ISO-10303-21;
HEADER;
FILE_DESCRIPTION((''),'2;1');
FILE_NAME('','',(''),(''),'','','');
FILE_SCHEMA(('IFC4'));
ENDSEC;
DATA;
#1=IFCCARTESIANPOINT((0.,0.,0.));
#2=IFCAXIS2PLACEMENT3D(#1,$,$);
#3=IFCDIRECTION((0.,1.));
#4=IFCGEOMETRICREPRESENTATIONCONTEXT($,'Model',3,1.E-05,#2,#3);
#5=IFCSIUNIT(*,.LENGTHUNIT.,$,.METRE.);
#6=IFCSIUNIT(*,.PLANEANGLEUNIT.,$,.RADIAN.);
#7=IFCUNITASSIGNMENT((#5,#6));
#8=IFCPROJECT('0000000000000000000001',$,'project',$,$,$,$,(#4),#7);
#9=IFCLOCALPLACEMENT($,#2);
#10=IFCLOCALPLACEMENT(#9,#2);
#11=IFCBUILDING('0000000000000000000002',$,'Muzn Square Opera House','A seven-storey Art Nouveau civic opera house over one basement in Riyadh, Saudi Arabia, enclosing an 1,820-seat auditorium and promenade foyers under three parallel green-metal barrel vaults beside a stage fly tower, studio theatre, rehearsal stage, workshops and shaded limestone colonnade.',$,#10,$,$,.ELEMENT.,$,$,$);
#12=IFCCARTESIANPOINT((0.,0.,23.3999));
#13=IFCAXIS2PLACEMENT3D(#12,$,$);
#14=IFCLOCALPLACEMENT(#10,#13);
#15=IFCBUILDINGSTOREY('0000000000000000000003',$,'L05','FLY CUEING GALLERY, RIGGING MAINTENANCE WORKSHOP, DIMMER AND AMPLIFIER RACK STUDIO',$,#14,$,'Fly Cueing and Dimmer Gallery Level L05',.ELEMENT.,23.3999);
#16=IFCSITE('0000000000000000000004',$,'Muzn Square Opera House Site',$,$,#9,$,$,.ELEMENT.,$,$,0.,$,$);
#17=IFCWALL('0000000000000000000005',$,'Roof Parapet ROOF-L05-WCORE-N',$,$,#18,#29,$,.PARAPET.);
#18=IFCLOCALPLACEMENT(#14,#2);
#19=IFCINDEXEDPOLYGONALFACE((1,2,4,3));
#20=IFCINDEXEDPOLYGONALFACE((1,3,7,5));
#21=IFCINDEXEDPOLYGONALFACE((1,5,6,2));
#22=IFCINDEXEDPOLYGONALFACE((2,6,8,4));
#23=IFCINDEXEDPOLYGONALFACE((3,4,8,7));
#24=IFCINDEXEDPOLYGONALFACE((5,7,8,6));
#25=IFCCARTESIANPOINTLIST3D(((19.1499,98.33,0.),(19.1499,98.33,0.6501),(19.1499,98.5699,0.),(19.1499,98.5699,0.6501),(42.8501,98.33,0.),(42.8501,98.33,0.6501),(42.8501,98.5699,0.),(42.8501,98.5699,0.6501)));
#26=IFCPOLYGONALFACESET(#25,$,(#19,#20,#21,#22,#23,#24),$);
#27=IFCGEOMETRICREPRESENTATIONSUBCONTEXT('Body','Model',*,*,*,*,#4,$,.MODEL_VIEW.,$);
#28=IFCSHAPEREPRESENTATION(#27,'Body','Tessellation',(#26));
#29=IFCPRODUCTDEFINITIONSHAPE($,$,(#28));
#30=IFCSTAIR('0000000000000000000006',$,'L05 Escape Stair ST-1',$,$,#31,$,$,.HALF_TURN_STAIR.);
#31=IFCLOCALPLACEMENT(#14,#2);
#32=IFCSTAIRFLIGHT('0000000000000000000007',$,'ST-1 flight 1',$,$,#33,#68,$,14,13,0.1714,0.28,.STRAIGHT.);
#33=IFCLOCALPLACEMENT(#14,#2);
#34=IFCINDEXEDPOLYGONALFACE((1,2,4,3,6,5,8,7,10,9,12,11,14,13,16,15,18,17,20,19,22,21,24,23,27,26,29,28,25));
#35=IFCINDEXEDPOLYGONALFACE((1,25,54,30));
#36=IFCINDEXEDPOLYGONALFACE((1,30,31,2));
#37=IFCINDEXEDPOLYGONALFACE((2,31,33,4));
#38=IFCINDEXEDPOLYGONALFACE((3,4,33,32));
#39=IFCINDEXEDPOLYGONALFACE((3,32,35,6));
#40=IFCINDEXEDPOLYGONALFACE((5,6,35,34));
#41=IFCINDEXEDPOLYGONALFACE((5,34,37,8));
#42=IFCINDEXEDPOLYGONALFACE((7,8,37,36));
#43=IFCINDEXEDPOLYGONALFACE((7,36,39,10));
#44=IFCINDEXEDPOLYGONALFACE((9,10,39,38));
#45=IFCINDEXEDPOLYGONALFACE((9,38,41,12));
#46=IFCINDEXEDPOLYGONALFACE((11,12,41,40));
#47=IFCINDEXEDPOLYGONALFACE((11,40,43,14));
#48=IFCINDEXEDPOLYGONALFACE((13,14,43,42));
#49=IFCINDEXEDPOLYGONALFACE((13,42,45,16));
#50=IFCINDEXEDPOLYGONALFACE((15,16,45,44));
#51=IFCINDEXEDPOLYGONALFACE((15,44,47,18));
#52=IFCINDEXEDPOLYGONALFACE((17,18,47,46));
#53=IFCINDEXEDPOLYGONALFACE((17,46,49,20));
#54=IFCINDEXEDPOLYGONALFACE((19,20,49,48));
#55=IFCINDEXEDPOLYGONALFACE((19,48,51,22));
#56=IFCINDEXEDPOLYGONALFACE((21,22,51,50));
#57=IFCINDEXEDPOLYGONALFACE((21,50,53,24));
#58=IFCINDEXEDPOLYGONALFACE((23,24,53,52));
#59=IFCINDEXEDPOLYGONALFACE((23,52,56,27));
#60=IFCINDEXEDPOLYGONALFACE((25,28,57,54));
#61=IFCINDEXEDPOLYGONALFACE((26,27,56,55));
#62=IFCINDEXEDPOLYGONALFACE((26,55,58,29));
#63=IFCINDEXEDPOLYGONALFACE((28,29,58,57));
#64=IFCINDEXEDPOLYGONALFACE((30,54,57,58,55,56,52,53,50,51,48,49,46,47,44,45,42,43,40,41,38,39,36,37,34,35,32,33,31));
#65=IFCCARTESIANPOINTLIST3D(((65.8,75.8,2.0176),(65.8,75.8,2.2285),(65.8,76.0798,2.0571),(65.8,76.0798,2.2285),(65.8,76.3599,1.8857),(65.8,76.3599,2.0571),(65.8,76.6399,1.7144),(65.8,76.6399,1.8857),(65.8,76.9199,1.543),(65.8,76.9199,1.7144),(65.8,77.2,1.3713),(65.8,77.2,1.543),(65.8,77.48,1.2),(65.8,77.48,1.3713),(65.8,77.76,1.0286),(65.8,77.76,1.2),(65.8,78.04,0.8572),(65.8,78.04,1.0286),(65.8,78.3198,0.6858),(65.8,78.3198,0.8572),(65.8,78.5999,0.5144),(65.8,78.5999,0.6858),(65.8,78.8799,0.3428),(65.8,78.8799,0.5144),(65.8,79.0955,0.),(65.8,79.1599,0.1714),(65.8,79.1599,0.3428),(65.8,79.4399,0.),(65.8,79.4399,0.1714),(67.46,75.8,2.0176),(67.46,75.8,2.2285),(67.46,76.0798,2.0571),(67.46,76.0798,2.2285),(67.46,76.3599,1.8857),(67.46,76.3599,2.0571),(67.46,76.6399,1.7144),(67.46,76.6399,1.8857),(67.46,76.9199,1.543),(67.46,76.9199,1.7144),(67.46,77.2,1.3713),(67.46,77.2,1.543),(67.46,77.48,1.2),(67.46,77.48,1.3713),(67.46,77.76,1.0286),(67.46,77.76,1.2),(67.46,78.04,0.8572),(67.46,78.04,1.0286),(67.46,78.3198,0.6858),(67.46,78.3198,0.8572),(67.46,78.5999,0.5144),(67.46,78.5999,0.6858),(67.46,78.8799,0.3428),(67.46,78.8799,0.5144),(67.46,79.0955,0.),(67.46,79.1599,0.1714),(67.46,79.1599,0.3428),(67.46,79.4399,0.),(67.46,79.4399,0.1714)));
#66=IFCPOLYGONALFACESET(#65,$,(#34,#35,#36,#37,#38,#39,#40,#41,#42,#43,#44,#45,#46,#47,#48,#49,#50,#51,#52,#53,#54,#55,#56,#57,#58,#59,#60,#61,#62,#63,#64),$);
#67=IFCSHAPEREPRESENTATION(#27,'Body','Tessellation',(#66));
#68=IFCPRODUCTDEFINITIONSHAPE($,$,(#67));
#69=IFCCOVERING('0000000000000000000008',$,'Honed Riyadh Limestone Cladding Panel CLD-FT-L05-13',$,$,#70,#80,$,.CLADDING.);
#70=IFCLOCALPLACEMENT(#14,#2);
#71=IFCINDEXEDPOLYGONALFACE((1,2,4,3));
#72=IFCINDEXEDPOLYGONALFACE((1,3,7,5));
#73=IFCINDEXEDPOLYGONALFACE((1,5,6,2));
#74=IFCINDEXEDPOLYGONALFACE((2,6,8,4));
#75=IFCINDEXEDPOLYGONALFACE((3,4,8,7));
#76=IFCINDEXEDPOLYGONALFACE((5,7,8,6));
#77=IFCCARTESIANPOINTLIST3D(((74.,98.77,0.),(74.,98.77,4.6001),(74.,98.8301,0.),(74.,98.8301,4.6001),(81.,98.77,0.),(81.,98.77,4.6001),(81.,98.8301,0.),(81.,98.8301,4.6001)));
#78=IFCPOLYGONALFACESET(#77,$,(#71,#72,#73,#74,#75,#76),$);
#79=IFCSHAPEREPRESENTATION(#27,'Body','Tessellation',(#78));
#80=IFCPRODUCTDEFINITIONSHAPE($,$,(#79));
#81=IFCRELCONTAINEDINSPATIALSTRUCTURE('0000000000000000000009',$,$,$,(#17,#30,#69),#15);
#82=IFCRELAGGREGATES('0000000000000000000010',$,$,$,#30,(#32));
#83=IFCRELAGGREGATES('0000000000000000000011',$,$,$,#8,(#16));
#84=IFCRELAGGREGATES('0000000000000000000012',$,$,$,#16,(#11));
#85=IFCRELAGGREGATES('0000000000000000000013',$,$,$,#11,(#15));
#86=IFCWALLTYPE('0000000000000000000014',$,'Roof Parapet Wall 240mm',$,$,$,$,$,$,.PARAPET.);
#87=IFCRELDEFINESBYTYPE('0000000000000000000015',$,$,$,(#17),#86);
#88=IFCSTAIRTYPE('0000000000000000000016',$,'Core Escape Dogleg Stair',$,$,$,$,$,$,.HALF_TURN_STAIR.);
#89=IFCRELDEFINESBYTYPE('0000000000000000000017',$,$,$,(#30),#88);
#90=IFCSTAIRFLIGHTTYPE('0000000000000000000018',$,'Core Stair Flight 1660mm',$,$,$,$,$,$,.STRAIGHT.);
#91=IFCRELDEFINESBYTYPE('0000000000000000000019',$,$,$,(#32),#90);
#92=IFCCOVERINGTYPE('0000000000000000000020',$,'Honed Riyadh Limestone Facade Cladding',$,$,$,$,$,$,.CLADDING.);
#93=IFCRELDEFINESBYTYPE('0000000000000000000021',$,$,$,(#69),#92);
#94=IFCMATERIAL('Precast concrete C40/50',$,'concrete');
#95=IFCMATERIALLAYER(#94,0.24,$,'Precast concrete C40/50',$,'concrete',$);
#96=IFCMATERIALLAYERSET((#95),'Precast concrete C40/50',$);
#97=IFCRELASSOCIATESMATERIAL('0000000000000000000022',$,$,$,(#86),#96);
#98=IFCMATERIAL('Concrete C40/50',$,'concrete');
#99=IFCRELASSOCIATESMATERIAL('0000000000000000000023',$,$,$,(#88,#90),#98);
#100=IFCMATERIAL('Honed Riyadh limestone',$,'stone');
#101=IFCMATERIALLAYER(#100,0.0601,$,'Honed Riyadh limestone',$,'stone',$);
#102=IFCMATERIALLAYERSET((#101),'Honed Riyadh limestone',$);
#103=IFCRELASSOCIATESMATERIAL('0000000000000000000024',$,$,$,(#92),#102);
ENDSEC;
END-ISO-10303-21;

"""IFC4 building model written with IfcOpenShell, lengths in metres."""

from ifc_helpers import new_model, si_unit, direction, frame, frame_2d, origin, origin_2d, place, context, subcontext, project, spatial, polyline, rectangle, outline, extrude, material, layer, layer_set, type_object, element, aggregate, save


model = new_model("IFC4")

# Units and contexts
model_context = context("Model", 3, precision=1e-05, world=origin(), true_north=direction((0.0, 1.0)))
body_context = subcontext(model_context, "Body", "Model", "MODEL_VIEW")
ifc_project = project(units=[si_unit("LENGTHUNIT", "METRE"), si_unit("PLANEANGLEUNIT", "RADIAN")], contexts=[model_context])

# Site, building, storey
site_placement = place(None, origin())
site = spatial("IfcSite", under=ifc_project, at=site_placement, Name="Muzn Square Opera House Site", CompositionType="ELEMENT", RefElevation=0.0)
building_placement = place(site_placement, origin())
building = spatial("IfcBuilding", under=site, at=building_placement, Name="Muzn Square Opera House", Description="A seven-storey Art Nouveau civic opera house over one basement in Riyadh, Saudi Arabia, enclosing an 1,820-seat auditorium and promenade foyers under three parallel green-metal barrel vaults beside a stage fly tower, studio theatre, rehearsal stage, workshops and shaded limestone colonnade.", CompositionType="ELEMENT")
storey_placement = place(building_placement, frame((0.0, 0.0, 23.3999)))
storey = spatial("IfcBuildingStorey", under=building, at=storey_placement, Name="L05", Description="FLY CUEING GALLERY, RIGGING MAINTENANCE WORKSHOP, DIMMER AND AMPLIFIER RACK STUDIO", LongName="Fly Cueing and Dimmer Gallery Level L05", CompositionType="ELEMENT", Elevation=23.3999)

# Shared definitions
ifc_material_1 = material(Name="Concrete C40/50", Category="concrete")

# Wall
ifc_material_2 = material(Name="Precast concrete C40/50", Category="concrete")
ifc_layer_1 = layer(ifc_material_2, 0.24, Name="Precast concrete C40/50", Category="concrete")
ifc_layer_set_1 = layer_set([ifc_layer_1], Name="Precast concrete C40/50")
wall_type_1 = type_object("IfcWallType", Name="Roof Parapet Wall 240mm", PredefinedType="PARAPET", material=ifc_layer_set_1)
wall_1_placement = place(storey_placement, frame((19.1499, 98.45, 0.0), z_axis=(0.0, 0.0, 1.0), x_axis=(1.0, 0.0, 0.0)))
element("IfcWall", 1, at=wall_1_placement, inside=storey, type_object=wall_type_1, Name="Roof Parapet ROOF-L05-WCORE-N", PredefinedType="PARAPET", context=body_context, shape_type="SweptSolid", body=[
    extrude(rectangle(XDim=23.7002, YDim=0.24, at=frame_2d((11.8501, 0.0))), origin(), (0.0, 0.0, 1.0), 0.6501),
])

# Stair, stair flight
stair_type = type_object("IfcStairType", Name="Core Escape Dogleg Stair", PredefinedType="HALF_TURN_STAIR", material=ifc_material_1)
stair_placement = place(storey_placement, origin())
stair = element("IfcStair", 2, at=stair_placement, inside=storey, type_object=stair_type, Name="L05 Escape Stair ST-1", PredefinedType="HALF_TURN_STAIR")
stair_flight_type = type_object("IfcStairFlightType", Name="Core Stair Flight 1660mm", PredefinedType="STRAIGHT", material=ifc_material_1)
stair_flight_placement = place(storey_placement, frame((66.6299, 79.4399, 0.0), z_axis=(0.0, 0.0, 1.0), x_axis=(0.0, -1.0, 0.0)))
stair_flight = element("IfcStairFlight", 3, at=stair_flight_placement, type_object=stair_flight_type, Name="ST-1 flight 1", NumberOfRisers=14, NumberOfTreads=13, PredefinedType="STRAIGHT", RiserHeight=0.1714, TreadLength=0.28, context=body_context, shape_type="SweptSolid", body=[
    extrude(outline(polyline([(0.0, 0.0), (0.0, 0.1714), (0.28, 0.1714), (0.28, 0.3428), (0.5601, 0.3428), (0.5601, 0.5144), (0.8401, 0.5144), (0.8401, 0.6858), (1.1201, 0.6858), (1.1201, 0.8572), (1.3999, 0.8572), (1.3999, 1.0286), (1.6799, 1.0286), (1.6799, 1.2), (1.96, 1.2), (1.96, 1.3713), (2.24, 1.3713), (2.24, 1.543), (2.52, 1.543), (2.52, 1.7144), (2.8, 1.7144), (2.8, 1.8857), (3.0801, 1.8857), (3.0801, 2.0571), (3.3601, 2.0571), (3.3601, 2.2285), (3.6399, 2.2285), (3.6399, 2.3999), (3.6399, 2.0176), (0.3445, 0.0), (0.0, 0.0)])), frame((0.0, 0.8301, 0.0), z_axis=(0.0, -1.0, 0.0), x_axis=(1.0, 0.0, 0.0)), (0.0, 0.0, 1.0), 1.6599),
])
aggregate(stair, [stair_flight])

# Covering
ifc_material_3 = material(Name="Honed Riyadh limestone", Category="stone")
ifc_layer_2 = layer(ifc_material_3, 0.0601, Name="Honed Riyadh limestone", Category="stone")
ifc_layer_set_2 = layer_set([ifc_layer_2], Name="Honed Riyadh limestone")
covering_type = type_object("IfcCoveringType", Name="Honed Riyadh Limestone Facade Cladding", PredefinedType="CLADDING", material=ifc_layer_set_2)
covering_placement = place(storey_placement, frame((77.5, 98.8, 0.0), z_axis=(0.0, 0.0, 1.0), x_axis=(1.0, 0.0, 0.0)))
element("IfcCovering", 4, at=covering_placement, inside=storey, type_object=covering_type, Name="Honed Riyadh Limestone Cladding Panel CLD-FT-L05-13", PredefinedType="CLADDING", context=body_context, shape_type="SweptSolid", body=[
    extrude(rectangle(XDim=7.0, YDim=0.0601, at=origin_2d()), origin(), (0.0, 0.0, 1.0), 4.6001),
])

save(model, "model.ifc")
